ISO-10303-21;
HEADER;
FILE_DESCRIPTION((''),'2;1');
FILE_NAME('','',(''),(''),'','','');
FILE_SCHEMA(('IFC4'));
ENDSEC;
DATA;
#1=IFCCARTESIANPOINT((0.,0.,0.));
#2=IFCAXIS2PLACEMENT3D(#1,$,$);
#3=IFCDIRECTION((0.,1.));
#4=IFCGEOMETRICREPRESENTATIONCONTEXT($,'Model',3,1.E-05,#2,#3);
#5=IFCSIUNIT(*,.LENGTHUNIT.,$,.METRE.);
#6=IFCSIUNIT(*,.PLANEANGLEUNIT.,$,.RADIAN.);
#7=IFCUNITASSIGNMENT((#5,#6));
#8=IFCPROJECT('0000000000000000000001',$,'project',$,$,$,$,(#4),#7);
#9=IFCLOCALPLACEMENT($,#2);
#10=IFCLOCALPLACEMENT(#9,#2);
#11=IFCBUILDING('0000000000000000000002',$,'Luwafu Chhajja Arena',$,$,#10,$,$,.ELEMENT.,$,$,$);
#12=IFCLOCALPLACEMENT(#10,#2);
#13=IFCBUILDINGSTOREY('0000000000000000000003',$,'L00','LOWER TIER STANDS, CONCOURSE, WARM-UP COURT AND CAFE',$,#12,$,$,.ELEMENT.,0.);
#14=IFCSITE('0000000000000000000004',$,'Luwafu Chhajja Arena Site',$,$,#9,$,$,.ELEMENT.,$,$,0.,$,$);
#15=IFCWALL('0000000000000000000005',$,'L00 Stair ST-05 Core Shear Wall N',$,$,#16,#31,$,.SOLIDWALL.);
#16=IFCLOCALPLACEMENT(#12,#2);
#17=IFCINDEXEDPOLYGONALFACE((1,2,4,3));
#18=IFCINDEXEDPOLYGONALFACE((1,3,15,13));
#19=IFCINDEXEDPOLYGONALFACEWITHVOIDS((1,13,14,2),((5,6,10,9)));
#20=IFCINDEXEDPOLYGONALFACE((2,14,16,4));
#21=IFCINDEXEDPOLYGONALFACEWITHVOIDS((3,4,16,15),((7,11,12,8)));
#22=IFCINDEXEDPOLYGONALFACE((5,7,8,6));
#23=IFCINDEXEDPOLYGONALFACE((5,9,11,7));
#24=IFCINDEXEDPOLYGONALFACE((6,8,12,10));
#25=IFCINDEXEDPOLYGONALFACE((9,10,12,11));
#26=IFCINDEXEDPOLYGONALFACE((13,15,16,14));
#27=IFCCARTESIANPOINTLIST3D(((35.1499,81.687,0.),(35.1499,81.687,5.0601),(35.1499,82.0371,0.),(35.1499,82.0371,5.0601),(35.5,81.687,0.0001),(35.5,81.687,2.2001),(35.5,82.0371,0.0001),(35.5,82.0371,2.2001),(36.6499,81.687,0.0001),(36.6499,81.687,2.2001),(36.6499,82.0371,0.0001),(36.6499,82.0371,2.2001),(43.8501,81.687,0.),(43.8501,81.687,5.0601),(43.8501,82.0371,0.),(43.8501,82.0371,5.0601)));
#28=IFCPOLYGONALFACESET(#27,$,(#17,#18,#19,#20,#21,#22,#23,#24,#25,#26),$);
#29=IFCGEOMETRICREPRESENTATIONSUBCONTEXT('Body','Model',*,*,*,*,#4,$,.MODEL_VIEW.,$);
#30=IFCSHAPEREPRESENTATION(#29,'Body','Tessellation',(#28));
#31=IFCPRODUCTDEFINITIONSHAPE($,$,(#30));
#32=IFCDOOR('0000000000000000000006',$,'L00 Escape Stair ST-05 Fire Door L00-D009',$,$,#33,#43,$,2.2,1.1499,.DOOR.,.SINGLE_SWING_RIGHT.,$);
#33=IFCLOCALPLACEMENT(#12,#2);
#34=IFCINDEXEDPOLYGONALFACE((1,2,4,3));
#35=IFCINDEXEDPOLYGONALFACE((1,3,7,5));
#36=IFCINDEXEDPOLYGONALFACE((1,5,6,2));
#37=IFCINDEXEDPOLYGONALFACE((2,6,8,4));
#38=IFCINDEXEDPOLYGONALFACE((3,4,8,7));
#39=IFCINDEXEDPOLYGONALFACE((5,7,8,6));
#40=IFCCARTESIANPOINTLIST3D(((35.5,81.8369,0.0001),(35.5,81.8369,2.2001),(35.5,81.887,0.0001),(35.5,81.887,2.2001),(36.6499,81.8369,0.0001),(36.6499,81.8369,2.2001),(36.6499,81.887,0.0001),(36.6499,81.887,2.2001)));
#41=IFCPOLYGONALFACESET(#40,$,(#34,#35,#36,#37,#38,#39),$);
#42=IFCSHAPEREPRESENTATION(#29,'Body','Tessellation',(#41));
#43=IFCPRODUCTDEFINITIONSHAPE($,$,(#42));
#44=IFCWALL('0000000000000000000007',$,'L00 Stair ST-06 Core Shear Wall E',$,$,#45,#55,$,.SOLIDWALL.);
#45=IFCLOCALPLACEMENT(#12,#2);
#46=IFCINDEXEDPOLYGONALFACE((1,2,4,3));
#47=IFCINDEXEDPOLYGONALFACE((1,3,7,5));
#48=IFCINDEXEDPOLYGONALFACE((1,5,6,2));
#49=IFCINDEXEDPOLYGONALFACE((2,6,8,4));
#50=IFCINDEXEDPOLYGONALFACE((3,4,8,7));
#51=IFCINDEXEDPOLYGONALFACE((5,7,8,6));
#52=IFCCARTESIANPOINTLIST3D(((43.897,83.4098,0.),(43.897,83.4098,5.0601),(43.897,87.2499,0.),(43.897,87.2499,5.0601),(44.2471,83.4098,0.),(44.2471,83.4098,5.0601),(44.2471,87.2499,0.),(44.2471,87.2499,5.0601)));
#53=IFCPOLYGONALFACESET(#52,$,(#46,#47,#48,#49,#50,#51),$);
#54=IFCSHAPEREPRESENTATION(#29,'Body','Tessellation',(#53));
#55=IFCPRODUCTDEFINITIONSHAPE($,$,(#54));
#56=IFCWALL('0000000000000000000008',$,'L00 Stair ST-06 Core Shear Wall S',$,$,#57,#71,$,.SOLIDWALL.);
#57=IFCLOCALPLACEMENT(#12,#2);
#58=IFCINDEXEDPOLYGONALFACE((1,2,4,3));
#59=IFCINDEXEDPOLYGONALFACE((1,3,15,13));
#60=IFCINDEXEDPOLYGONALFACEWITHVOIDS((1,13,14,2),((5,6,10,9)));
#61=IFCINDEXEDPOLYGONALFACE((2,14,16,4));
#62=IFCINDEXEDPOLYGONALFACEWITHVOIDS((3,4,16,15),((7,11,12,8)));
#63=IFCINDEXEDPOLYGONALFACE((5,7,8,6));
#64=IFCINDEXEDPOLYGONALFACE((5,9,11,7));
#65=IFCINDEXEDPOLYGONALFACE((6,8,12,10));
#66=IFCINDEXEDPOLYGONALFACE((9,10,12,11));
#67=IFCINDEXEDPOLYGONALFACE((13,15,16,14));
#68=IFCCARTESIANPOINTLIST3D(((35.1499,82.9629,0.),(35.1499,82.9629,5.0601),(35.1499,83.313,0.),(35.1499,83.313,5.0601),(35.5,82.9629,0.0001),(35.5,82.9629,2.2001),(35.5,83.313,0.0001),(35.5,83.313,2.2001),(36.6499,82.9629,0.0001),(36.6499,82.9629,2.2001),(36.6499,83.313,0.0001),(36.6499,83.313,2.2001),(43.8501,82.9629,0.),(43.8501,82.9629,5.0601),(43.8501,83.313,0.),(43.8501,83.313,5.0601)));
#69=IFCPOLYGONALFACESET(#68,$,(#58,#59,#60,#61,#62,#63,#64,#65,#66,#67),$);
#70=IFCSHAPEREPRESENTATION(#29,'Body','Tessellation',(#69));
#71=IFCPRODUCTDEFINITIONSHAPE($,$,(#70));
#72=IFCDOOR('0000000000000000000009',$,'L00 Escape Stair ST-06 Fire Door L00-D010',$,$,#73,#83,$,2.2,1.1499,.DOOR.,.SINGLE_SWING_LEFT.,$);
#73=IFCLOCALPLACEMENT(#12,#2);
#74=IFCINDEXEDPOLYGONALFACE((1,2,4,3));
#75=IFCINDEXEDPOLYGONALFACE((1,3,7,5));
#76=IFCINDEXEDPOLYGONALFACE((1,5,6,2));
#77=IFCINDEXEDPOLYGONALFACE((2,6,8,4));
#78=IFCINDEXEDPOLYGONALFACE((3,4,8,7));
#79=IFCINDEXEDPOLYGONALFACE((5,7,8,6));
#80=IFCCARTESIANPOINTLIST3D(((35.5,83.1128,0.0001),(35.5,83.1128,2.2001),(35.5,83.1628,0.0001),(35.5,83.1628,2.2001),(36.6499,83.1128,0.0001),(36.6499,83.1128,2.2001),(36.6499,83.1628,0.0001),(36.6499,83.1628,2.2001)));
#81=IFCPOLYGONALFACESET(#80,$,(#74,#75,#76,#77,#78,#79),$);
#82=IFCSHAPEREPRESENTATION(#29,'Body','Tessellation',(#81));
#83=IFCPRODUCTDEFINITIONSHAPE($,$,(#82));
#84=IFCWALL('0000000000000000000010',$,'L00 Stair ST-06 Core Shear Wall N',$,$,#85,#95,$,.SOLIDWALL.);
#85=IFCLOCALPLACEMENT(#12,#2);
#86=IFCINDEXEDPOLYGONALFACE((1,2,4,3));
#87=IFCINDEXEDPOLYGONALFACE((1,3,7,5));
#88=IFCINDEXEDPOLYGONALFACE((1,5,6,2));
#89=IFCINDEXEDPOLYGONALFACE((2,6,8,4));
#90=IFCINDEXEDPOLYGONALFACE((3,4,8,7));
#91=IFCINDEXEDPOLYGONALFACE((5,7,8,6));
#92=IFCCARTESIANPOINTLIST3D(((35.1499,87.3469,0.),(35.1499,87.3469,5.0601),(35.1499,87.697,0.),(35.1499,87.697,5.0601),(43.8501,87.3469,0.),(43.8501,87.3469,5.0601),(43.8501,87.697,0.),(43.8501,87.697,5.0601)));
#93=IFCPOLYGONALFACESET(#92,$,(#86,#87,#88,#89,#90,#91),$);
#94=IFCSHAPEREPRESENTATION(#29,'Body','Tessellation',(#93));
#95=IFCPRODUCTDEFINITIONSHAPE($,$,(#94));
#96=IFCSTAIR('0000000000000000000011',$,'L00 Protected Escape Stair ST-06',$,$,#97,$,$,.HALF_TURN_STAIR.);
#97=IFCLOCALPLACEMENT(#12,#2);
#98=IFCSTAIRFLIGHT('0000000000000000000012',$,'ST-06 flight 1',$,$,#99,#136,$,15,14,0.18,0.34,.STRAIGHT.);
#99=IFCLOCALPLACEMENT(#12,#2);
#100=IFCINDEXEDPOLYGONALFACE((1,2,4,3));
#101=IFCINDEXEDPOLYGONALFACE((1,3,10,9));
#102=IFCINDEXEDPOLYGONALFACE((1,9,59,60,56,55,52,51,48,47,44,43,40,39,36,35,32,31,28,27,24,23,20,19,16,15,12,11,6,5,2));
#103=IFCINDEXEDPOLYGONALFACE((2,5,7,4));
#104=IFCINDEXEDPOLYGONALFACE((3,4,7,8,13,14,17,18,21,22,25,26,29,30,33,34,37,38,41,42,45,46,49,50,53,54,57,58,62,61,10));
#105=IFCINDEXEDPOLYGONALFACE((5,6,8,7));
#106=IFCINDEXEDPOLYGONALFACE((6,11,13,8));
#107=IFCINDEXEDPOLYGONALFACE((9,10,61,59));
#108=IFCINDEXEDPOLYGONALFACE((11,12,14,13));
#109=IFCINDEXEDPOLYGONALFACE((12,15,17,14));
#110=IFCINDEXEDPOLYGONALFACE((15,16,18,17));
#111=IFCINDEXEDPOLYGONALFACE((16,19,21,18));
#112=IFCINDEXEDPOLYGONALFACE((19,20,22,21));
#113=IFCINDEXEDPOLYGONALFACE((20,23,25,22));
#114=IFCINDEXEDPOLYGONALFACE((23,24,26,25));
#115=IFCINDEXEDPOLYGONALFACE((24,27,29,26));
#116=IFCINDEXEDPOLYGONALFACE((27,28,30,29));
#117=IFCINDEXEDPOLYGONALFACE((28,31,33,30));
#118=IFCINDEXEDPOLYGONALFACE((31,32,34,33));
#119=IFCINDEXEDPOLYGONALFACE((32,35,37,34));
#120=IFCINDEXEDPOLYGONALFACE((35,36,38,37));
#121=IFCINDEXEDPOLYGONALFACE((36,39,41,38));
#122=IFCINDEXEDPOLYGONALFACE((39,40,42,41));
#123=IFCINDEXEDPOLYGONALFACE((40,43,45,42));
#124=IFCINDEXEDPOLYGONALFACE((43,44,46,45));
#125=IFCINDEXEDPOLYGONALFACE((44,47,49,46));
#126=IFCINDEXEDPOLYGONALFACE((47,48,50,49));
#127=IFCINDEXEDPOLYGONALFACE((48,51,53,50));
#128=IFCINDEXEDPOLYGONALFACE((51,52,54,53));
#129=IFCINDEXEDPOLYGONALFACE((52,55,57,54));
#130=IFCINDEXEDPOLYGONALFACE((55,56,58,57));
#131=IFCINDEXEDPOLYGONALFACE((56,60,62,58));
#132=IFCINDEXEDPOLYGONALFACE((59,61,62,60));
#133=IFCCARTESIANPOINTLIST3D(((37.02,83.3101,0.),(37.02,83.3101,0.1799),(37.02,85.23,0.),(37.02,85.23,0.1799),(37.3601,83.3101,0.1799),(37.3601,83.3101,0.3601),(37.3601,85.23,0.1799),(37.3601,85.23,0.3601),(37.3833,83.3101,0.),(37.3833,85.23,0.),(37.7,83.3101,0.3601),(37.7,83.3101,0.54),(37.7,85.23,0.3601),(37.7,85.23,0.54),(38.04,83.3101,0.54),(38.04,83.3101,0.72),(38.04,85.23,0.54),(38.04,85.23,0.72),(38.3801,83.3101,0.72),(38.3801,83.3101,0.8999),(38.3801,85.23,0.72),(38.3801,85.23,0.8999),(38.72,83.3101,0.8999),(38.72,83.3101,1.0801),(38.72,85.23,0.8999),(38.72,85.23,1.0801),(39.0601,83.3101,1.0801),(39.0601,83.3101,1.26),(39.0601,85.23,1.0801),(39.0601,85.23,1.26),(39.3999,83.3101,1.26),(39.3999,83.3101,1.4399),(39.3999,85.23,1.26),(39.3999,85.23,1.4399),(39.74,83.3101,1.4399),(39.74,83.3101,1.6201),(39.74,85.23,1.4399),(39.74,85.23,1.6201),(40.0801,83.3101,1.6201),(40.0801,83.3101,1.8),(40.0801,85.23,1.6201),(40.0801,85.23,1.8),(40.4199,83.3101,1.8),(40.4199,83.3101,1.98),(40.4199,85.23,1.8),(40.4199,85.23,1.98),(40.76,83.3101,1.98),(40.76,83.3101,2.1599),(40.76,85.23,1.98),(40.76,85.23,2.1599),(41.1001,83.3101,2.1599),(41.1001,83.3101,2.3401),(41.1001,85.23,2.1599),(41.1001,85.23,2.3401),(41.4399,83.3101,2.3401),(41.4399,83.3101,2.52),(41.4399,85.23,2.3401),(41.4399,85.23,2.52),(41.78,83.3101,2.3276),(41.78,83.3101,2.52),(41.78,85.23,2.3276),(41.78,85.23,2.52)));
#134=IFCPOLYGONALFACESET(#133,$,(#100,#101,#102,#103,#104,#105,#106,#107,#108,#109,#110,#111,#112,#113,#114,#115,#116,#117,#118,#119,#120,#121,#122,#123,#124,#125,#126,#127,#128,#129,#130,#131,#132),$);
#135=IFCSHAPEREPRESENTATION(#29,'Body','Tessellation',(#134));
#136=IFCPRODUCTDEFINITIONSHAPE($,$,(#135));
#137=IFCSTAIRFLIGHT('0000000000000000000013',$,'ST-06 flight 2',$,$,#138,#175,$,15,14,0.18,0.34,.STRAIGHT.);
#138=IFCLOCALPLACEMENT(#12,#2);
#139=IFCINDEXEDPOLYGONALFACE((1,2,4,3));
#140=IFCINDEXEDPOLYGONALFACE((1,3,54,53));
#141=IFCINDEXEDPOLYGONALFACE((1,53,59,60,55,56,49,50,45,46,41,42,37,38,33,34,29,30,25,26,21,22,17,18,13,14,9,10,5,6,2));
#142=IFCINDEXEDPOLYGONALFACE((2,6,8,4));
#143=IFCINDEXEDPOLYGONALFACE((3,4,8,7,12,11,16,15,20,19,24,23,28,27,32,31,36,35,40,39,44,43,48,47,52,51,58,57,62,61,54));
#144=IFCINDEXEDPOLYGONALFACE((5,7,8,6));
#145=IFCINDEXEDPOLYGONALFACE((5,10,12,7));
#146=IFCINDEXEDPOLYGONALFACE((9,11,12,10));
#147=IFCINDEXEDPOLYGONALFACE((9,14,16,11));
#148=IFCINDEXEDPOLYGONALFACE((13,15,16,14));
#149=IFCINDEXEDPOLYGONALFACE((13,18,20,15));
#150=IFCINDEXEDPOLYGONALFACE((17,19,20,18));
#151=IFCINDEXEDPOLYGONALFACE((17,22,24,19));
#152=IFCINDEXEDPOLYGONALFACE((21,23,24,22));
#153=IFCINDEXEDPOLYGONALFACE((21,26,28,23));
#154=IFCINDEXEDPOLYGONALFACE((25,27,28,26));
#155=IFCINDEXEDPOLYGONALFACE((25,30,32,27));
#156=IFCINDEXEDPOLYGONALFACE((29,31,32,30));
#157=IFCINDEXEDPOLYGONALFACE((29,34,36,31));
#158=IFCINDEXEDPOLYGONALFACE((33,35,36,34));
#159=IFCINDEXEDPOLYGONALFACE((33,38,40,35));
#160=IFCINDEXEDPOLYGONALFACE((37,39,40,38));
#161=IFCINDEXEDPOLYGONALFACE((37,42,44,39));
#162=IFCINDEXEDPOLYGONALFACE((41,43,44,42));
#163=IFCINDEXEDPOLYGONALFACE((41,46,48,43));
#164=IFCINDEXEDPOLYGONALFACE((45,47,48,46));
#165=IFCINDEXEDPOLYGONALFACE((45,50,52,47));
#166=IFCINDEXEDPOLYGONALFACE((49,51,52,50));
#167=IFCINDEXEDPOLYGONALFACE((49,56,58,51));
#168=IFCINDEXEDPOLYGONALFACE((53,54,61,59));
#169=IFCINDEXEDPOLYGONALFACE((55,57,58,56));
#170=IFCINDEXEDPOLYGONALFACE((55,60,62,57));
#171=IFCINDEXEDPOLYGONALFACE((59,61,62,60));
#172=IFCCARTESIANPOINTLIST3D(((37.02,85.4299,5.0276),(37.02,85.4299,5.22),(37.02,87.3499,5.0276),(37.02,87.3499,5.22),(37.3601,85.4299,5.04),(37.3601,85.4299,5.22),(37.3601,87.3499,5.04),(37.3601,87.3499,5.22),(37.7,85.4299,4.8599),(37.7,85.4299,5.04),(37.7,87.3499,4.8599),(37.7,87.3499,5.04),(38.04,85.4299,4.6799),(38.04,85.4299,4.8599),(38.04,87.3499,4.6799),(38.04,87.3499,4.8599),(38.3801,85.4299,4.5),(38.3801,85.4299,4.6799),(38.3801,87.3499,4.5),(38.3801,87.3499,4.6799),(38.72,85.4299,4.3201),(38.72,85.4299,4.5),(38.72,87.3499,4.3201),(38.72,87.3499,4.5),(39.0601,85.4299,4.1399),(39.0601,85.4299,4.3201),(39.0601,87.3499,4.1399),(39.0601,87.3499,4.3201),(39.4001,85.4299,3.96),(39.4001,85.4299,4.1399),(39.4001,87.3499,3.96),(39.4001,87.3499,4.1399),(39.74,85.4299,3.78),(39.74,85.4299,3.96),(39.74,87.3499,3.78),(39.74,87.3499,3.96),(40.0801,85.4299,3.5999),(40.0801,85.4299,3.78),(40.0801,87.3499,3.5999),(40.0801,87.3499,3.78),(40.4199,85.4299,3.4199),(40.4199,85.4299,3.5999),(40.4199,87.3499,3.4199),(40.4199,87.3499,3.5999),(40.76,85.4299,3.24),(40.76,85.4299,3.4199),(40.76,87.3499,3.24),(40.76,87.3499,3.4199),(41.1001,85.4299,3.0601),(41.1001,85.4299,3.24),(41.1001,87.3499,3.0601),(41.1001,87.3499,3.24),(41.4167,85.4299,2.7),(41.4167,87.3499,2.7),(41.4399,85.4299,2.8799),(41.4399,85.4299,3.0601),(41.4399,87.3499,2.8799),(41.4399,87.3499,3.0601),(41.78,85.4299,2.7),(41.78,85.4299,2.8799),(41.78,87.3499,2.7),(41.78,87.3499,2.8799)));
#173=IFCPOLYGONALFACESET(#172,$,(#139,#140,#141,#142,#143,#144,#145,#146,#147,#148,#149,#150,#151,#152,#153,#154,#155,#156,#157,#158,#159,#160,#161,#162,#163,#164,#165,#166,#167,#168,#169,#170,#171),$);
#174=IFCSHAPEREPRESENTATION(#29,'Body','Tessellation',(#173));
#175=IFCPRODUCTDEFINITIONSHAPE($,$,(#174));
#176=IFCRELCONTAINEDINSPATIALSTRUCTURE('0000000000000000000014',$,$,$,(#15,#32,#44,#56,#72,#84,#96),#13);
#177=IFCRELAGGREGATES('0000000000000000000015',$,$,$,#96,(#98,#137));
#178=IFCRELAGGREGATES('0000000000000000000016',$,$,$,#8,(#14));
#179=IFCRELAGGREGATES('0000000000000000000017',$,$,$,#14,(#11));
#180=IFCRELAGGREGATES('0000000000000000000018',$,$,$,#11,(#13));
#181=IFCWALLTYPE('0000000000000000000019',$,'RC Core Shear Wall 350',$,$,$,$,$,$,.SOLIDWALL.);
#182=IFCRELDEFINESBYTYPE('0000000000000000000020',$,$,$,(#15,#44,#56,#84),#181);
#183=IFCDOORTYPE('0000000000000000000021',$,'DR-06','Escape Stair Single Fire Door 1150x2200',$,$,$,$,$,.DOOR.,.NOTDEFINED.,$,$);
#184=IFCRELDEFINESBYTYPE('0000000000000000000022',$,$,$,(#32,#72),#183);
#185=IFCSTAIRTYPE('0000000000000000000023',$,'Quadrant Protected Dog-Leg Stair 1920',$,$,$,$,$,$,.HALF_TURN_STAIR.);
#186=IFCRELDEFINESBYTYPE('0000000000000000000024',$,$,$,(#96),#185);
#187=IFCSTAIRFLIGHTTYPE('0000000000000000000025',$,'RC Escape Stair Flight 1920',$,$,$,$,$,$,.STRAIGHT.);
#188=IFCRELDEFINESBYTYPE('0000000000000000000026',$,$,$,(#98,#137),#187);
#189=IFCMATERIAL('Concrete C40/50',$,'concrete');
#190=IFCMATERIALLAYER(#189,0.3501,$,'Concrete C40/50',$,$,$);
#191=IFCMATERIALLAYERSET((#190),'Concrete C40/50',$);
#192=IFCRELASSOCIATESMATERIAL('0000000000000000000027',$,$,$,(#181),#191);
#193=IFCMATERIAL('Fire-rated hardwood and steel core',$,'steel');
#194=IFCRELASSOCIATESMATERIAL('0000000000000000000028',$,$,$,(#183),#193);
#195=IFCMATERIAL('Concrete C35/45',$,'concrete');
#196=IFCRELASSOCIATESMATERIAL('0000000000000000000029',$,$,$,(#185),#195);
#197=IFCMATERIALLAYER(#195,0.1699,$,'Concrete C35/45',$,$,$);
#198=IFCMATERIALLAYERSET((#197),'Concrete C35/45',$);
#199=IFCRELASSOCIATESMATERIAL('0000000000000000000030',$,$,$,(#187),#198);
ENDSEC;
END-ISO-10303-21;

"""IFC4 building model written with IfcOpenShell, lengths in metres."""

from ifc_helpers import new_model, si_unit, direction, frame, frame_2d, origin, place, context, subcontext, project, spatial, polyline, rectangle, outline, extrude, material, layer, layer_set, type_object, element, fill, aggregate, save


model = new_model("IFC4")

# Units and contexts
model_context = context("Model", 3, precision=1e-05, world=origin(), true_north=direction((0.0, 1.0)))
body_context = subcontext(model_context, "Body", "Model", "MODEL_VIEW")
ifc_project = project(units=[si_unit("LENGTHUNIT", "METRE"), si_unit("PLANEANGLEUNIT", "RADIAN")], contexts=[model_context])

# Site, building, storey
site_placement = place(None, origin())
site = spatial("IfcSite", under=ifc_project, at=site_placement, Name="Luwafu Chhajja Arena Site", CompositionType="ELEMENT", RefElevation=0.0)
building_placement = place(site_placement, origin())
building = spatial("IfcBuilding", under=site, at=building_placement, Name="Luwafu Chhajja Arena", CompositionType="ELEMENT")
storey_placement = place(building_placement, origin())
storey = spatial("IfcBuildingStorey", under=building, at=storey_placement, Name="L00", Description="LOWER TIER STANDS, CONCOURSE, WARM-UP COURT AND CAFE", CompositionType="ELEMENT", Elevation=0.0)

# Wall, opening, door
ifc_material_1 = material(Name="Concrete C40/50", Category="concrete")
ifc_layer_1 = layer(ifc_material_1, 0.3501, Name="Concrete C40/50")
ifc_layer_set_1 = layer_set([ifc_layer_1], Name="Concrete C40/50")
wall_type = type_object("IfcWallType", Name="RC Core Shear Wall 350", PredefinedType="SOLIDWALL", material=ifc_layer_set_1)
wall_1_placement = place(storey_placement, frame((35.1499, 81.8621, 0.0), z_axis=(0.0, 0.0, 1.0), x_axis=(1.0, 0.0, 0.0)))
wall_1 = element("IfcWall", 1, at=wall_1_placement, inside=storey, type_object=wall_type, Name="L00 Stair ST-05 Core Shear Wall N", PredefinedType="SOLIDWALL", context=body_context, shape_type="SweptSolid", body=[
    extrude(rectangle(XDim=8.7002, YDim=0.3501, at=frame_2d((4.3501, 0.0))), origin(), (0.0, 0.0, 1.0), 5.0601),
])
opening_1_placement = place(wall_1_placement, frame((0.3501, 0.0, 0.0)))
opening_1 = element("IfcOpeningElement", 2, at=opening_1_placement, cuts=wall_1, PredefinedType="OPENING", context=body_context, shape_type="SweptSolid", body=[
    extrude(rectangle(XDim=1.1499, YDim=2.2, at=frame_2d((0.575, 1.1001))), frame((0.0, 0.1851, 0.0), z_axis=(0.0, -1.0, 0.0), x_axis=(1.0, 0.0, 0.0)), (0.0, 0.0, 1.0), 0.3701),
])
ifc_material_2 = material(Name="Fire-rated hardwood and steel core", Category="steel")
door_type = type_object("IfcDoorType", Name="DR-06", Description="Escape Stair Single Fire Door 1150x2200", OperationType="NOTDEFINED", PredefinedType="DOOR", material=ifc_material_2)
door_1_placement = place(opening_1_placement, origin())
door_1 = element("IfcDoor", 3, at=door_1_placement, inside=storey, type_object=door_type, Name="L00 Escape Stair ST-05 Fire Door L00-D009", OperationType="SINGLE_SWING_RIGHT", OverallHeight=2.2, OverallWidth=1.1499, PredefinedType="DOOR", context=body_context, shape_type="SweptSolid", body=[
    extrude(rectangle(XDim=1.1499, YDim=2.2, at=frame_2d((0.575, 1.1001))), frame((0.0, 0.0249, 0.0), z_axis=(0.0, -1.0, 0.0), x_axis=(1.0, 0.0, 0.0)), (0.0, 0.0, 1.0), 0.05),
])
fill(opening_1, door_1)

# Wall
wall_2_placement = place(storey_placement, frame((44.072, 83.4099, 0.0), z_axis=(0.0, 0.0, 1.0), x_axis=(0.0, 1.0, 0.0)))
element("IfcWall", 4, at=wall_2_placement, inside=storey, type_object=wall_type, Name="L00 Stair ST-06 Core Shear Wall E", PredefinedType="SOLIDWALL", context=body_context, shape_type="SweptSolid", body=[
    extrude(rectangle(XDim=3.8401, YDim=0.3501, at=frame_2d((1.9199, 0.0))), origin(), (0.0, 0.0, 1.0), 5.0601),
])

# Wall, opening, door
wall_3_placement = place(storey_placement, frame((35.1499, 83.1379, 0.0), z_axis=(0.0, 0.0, 1.0), x_axis=(1.0, 0.0, 0.0)))
wall_3 = element("IfcWall", 5, at=wall_3_placement, inside=storey, type_object=wall_type, Name="L00 Stair ST-06 Core Shear Wall S", PredefinedType="SOLIDWALL", context=body_context, shape_type="SweptSolid", body=[
    extrude(rectangle(XDim=8.7002, YDim=0.3501, at=frame_2d((4.3501, 0.0))), origin(), (0.0, 0.0, 1.0), 5.0601),
])
opening_2_placement = place(wall_3_placement, frame((0.3501, 0.0, 0.0)))
opening_2 = element("IfcOpeningElement", 6, at=opening_2_placement, cuts=wall_3, PredefinedType="OPENING", context=body_context, shape_type="SweptSolid", body=[
    extrude(rectangle(XDim=1.1499, YDim=2.2, at=frame_2d((0.575, 1.1001))), frame((0.0, 0.1851, 0.0), z_axis=(0.0, -1.0, 0.0), x_axis=(1.0, 0.0, 0.0)), (0.0, 0.0, 1.0), 0.3701),
])
door_2_placement = place(opening_2_placement, origin())
door_2 = element("IfcDoor", 7, at=door_2_placement, inside=storey, type_object=door_type, Name="L00 Escape Stair ST-06 Fire Door L00-D010", OperationType="SINGLE_SWING_LEFT", OverallHeight=2.2, OverallWidth=1.1499, PredefinedType="DOOR", context=body_context, shape_type="SweptSolid", body=[
    extrude(rectangle(XDim=1.1499, YDim=2.2, at=frame_2d((0.575, 1.1001))), frame((0.0, 0.0249, 0.0), z_axis=(0.0, -1.0, 0.0), x_axis=(1.0, 0.0, 0.0)), (0.0, 0.0, 1.0), 0.05),
])
fill(opening_2, door_2)

# Wall
wall_4_placement = place(storey_placement, frame((35.1499, 87.522, 0.0), z_axis=(0.0, 0.0, 1.0), x_axis=(1.0, 0.0, 0.0)))
element("IfcWall", 8, at=wall_4_placement, inside=storey, type_object=wall_type, Name="L00 Stair ST-06 Core Shear Wall N", PredefinedType="SOLIDWALL", context=body_context, shape_type="SweptSolid", body=[
    extrude(rectangle(XDim=8.7002, YDim=0.3501, at=frame_2d((4.3501, 0.0))), origin(), (0.0, 0.0, 1.0), 5.0601),
])

# Stair, stair flights
ifc_material_3 = material(Name="Concrete C35/45", Category="concrete")
stair_type = type_object("IfcStairType", Name="Quadrant Protected Dog-Leg Stair 1920", PredefinedType="HALF_TURN_STAIR", material=ifc_material_3)
stair_placement = place(storey_placement, origin())
stair = element("IfcStair", 9, at=stair_placement, inside=storey, type_object=stair_type, Name="L00 Protected Escape Stair ST-06", PredefinedType="HALF_TURN_STAIR")
ifc_layer_2 = layer(ifc_material_3, 0.1699, Name="Concrete C35/45")
ifc_layer_set_2 = layer_set([ifc_layer_2], Name="Concrete C35/45")
stair_flight_type = type_object("IfcStairFlightType", Name="RC Escape Stair Flight 1920", PredefinedType="STRAIGHT", material=ifc_layer_set_2)
stair_flight_1_placement = place(storey_placement, frame((37.02, 84.27, 0.0), z_axis=(0.0, 0.0, 1.0), x_axis=(1.0, 0.0, 0.0)))
stair_flight_1 = element("IfcStairFlight", 10, at=stair_flight_1_placement, type_object=stair_flight_type, Name="ST-06 flight 1", NumberOfRisers=15, NumberOfTreads=14, PredefinedType="STRAIGHT", RiserHeight=0.18, TreadLength=0.34, context=body_context, shape_type="SweptSolid", body=[
    extrude(outline(polyline([(0.0, 0.0), (0.0, 0.1799), (0.3401, 0.1799), (0.3401, 0.3601), (0.6799, 0.3601), (0.6799, 0.54), (1.02, 0.54), (1.02, 0.72), (1.3601, 0.72), (1.3601, 0.8999), (1.7, 0.8999), (1.7, 1.0801), (2.04, 1.0801), (2.04, 1.26), (2.3799, 1.26), (2.3799, 1.4399), (2.72, 1.4399), (2.72, 1.6201), (3.0601, 1.6201), (3.0601, 1.8), (3.3999, 1.8), (3.3999, 1.98), (3.74, 1.98), (3.74, 2.1599), (4.0801, 2.1599), (4.0801, 2.3401), (4.4199, 2.3401), (4.4199, 2.52), (4.76, 2.52), (4.76, 2.7), (4.76, 2.3276), (0.3633, 0.0), (0.0, 0.0)])), frame((0.0, 0.96, 0.0), z_axis=(0.0, -1.0, 0.0), x_axis=(1.0, 0.0, 0.0)), (0.0, 0.0, 1.0), 1.9199),
])
stair_flight_2_placement = place(storey_placement, frame((41.78, 86.3899, 2.7), z_axis=(0.0, 0.0, 1.0), x_axis=(-1.0, 0.0, 0.0)))
stair_flight_2 = element("IfcStairFlight", 11, at=stair_flight_2_placement, type_object=stair_flight_type, Name="ST-06 flight 2", NumberOfRisers=15, NumberOfTreads=14, PredefinedType="STRAIGHT", RiserHeight=0.18, TreadLength=0.34, context=body_context, shape_type="SweptSolid", body=[
    extrude(outline(polyline([(0.0, 0.0), (0.0, 0.1799), (0.3401, 0.1799), (0.3401, 0.3601), (0.6799, 0.3601), (0.6799, 0.54), (1.02, 0.54), (1.02, 0.72), (1.3601, 0.72), (1.3601, 0.8999), (1.7, 0.8999), (1.7, 1.0801), (2.04, 1.0801), (2.04, 1.26), (2.3799, 1.26), (2.3799, 1.4399), (2.72, 1.4399), (2.72, 1.6201), (3.0601, 1.6201), (3.0601, 1.8), (3.3999, 1.8), (3.3999, 1.98), (3.74, 1.98), (3.74, 2.1599), (4.0801, 2.1599), (4.0801, 2.3401), (4.4199, 2.3401), (4.4199, 2.52), (4.76, 2.52), (4.76, 2.7), (4.76, 2.3276), (0.3633, 0.0), (0.0, 0.0)])), frame((0.0, 0.96, 0.0), z_axis=(0.0, -1.0, 0.0), x_axis=(1.0, 0.0, 0.0)), (0.0, 0.0, 1.0), 1.9199),
])
aggregate(stair, [stair_flight_1, stair_flight_2])

save(model, "model.ifc")
